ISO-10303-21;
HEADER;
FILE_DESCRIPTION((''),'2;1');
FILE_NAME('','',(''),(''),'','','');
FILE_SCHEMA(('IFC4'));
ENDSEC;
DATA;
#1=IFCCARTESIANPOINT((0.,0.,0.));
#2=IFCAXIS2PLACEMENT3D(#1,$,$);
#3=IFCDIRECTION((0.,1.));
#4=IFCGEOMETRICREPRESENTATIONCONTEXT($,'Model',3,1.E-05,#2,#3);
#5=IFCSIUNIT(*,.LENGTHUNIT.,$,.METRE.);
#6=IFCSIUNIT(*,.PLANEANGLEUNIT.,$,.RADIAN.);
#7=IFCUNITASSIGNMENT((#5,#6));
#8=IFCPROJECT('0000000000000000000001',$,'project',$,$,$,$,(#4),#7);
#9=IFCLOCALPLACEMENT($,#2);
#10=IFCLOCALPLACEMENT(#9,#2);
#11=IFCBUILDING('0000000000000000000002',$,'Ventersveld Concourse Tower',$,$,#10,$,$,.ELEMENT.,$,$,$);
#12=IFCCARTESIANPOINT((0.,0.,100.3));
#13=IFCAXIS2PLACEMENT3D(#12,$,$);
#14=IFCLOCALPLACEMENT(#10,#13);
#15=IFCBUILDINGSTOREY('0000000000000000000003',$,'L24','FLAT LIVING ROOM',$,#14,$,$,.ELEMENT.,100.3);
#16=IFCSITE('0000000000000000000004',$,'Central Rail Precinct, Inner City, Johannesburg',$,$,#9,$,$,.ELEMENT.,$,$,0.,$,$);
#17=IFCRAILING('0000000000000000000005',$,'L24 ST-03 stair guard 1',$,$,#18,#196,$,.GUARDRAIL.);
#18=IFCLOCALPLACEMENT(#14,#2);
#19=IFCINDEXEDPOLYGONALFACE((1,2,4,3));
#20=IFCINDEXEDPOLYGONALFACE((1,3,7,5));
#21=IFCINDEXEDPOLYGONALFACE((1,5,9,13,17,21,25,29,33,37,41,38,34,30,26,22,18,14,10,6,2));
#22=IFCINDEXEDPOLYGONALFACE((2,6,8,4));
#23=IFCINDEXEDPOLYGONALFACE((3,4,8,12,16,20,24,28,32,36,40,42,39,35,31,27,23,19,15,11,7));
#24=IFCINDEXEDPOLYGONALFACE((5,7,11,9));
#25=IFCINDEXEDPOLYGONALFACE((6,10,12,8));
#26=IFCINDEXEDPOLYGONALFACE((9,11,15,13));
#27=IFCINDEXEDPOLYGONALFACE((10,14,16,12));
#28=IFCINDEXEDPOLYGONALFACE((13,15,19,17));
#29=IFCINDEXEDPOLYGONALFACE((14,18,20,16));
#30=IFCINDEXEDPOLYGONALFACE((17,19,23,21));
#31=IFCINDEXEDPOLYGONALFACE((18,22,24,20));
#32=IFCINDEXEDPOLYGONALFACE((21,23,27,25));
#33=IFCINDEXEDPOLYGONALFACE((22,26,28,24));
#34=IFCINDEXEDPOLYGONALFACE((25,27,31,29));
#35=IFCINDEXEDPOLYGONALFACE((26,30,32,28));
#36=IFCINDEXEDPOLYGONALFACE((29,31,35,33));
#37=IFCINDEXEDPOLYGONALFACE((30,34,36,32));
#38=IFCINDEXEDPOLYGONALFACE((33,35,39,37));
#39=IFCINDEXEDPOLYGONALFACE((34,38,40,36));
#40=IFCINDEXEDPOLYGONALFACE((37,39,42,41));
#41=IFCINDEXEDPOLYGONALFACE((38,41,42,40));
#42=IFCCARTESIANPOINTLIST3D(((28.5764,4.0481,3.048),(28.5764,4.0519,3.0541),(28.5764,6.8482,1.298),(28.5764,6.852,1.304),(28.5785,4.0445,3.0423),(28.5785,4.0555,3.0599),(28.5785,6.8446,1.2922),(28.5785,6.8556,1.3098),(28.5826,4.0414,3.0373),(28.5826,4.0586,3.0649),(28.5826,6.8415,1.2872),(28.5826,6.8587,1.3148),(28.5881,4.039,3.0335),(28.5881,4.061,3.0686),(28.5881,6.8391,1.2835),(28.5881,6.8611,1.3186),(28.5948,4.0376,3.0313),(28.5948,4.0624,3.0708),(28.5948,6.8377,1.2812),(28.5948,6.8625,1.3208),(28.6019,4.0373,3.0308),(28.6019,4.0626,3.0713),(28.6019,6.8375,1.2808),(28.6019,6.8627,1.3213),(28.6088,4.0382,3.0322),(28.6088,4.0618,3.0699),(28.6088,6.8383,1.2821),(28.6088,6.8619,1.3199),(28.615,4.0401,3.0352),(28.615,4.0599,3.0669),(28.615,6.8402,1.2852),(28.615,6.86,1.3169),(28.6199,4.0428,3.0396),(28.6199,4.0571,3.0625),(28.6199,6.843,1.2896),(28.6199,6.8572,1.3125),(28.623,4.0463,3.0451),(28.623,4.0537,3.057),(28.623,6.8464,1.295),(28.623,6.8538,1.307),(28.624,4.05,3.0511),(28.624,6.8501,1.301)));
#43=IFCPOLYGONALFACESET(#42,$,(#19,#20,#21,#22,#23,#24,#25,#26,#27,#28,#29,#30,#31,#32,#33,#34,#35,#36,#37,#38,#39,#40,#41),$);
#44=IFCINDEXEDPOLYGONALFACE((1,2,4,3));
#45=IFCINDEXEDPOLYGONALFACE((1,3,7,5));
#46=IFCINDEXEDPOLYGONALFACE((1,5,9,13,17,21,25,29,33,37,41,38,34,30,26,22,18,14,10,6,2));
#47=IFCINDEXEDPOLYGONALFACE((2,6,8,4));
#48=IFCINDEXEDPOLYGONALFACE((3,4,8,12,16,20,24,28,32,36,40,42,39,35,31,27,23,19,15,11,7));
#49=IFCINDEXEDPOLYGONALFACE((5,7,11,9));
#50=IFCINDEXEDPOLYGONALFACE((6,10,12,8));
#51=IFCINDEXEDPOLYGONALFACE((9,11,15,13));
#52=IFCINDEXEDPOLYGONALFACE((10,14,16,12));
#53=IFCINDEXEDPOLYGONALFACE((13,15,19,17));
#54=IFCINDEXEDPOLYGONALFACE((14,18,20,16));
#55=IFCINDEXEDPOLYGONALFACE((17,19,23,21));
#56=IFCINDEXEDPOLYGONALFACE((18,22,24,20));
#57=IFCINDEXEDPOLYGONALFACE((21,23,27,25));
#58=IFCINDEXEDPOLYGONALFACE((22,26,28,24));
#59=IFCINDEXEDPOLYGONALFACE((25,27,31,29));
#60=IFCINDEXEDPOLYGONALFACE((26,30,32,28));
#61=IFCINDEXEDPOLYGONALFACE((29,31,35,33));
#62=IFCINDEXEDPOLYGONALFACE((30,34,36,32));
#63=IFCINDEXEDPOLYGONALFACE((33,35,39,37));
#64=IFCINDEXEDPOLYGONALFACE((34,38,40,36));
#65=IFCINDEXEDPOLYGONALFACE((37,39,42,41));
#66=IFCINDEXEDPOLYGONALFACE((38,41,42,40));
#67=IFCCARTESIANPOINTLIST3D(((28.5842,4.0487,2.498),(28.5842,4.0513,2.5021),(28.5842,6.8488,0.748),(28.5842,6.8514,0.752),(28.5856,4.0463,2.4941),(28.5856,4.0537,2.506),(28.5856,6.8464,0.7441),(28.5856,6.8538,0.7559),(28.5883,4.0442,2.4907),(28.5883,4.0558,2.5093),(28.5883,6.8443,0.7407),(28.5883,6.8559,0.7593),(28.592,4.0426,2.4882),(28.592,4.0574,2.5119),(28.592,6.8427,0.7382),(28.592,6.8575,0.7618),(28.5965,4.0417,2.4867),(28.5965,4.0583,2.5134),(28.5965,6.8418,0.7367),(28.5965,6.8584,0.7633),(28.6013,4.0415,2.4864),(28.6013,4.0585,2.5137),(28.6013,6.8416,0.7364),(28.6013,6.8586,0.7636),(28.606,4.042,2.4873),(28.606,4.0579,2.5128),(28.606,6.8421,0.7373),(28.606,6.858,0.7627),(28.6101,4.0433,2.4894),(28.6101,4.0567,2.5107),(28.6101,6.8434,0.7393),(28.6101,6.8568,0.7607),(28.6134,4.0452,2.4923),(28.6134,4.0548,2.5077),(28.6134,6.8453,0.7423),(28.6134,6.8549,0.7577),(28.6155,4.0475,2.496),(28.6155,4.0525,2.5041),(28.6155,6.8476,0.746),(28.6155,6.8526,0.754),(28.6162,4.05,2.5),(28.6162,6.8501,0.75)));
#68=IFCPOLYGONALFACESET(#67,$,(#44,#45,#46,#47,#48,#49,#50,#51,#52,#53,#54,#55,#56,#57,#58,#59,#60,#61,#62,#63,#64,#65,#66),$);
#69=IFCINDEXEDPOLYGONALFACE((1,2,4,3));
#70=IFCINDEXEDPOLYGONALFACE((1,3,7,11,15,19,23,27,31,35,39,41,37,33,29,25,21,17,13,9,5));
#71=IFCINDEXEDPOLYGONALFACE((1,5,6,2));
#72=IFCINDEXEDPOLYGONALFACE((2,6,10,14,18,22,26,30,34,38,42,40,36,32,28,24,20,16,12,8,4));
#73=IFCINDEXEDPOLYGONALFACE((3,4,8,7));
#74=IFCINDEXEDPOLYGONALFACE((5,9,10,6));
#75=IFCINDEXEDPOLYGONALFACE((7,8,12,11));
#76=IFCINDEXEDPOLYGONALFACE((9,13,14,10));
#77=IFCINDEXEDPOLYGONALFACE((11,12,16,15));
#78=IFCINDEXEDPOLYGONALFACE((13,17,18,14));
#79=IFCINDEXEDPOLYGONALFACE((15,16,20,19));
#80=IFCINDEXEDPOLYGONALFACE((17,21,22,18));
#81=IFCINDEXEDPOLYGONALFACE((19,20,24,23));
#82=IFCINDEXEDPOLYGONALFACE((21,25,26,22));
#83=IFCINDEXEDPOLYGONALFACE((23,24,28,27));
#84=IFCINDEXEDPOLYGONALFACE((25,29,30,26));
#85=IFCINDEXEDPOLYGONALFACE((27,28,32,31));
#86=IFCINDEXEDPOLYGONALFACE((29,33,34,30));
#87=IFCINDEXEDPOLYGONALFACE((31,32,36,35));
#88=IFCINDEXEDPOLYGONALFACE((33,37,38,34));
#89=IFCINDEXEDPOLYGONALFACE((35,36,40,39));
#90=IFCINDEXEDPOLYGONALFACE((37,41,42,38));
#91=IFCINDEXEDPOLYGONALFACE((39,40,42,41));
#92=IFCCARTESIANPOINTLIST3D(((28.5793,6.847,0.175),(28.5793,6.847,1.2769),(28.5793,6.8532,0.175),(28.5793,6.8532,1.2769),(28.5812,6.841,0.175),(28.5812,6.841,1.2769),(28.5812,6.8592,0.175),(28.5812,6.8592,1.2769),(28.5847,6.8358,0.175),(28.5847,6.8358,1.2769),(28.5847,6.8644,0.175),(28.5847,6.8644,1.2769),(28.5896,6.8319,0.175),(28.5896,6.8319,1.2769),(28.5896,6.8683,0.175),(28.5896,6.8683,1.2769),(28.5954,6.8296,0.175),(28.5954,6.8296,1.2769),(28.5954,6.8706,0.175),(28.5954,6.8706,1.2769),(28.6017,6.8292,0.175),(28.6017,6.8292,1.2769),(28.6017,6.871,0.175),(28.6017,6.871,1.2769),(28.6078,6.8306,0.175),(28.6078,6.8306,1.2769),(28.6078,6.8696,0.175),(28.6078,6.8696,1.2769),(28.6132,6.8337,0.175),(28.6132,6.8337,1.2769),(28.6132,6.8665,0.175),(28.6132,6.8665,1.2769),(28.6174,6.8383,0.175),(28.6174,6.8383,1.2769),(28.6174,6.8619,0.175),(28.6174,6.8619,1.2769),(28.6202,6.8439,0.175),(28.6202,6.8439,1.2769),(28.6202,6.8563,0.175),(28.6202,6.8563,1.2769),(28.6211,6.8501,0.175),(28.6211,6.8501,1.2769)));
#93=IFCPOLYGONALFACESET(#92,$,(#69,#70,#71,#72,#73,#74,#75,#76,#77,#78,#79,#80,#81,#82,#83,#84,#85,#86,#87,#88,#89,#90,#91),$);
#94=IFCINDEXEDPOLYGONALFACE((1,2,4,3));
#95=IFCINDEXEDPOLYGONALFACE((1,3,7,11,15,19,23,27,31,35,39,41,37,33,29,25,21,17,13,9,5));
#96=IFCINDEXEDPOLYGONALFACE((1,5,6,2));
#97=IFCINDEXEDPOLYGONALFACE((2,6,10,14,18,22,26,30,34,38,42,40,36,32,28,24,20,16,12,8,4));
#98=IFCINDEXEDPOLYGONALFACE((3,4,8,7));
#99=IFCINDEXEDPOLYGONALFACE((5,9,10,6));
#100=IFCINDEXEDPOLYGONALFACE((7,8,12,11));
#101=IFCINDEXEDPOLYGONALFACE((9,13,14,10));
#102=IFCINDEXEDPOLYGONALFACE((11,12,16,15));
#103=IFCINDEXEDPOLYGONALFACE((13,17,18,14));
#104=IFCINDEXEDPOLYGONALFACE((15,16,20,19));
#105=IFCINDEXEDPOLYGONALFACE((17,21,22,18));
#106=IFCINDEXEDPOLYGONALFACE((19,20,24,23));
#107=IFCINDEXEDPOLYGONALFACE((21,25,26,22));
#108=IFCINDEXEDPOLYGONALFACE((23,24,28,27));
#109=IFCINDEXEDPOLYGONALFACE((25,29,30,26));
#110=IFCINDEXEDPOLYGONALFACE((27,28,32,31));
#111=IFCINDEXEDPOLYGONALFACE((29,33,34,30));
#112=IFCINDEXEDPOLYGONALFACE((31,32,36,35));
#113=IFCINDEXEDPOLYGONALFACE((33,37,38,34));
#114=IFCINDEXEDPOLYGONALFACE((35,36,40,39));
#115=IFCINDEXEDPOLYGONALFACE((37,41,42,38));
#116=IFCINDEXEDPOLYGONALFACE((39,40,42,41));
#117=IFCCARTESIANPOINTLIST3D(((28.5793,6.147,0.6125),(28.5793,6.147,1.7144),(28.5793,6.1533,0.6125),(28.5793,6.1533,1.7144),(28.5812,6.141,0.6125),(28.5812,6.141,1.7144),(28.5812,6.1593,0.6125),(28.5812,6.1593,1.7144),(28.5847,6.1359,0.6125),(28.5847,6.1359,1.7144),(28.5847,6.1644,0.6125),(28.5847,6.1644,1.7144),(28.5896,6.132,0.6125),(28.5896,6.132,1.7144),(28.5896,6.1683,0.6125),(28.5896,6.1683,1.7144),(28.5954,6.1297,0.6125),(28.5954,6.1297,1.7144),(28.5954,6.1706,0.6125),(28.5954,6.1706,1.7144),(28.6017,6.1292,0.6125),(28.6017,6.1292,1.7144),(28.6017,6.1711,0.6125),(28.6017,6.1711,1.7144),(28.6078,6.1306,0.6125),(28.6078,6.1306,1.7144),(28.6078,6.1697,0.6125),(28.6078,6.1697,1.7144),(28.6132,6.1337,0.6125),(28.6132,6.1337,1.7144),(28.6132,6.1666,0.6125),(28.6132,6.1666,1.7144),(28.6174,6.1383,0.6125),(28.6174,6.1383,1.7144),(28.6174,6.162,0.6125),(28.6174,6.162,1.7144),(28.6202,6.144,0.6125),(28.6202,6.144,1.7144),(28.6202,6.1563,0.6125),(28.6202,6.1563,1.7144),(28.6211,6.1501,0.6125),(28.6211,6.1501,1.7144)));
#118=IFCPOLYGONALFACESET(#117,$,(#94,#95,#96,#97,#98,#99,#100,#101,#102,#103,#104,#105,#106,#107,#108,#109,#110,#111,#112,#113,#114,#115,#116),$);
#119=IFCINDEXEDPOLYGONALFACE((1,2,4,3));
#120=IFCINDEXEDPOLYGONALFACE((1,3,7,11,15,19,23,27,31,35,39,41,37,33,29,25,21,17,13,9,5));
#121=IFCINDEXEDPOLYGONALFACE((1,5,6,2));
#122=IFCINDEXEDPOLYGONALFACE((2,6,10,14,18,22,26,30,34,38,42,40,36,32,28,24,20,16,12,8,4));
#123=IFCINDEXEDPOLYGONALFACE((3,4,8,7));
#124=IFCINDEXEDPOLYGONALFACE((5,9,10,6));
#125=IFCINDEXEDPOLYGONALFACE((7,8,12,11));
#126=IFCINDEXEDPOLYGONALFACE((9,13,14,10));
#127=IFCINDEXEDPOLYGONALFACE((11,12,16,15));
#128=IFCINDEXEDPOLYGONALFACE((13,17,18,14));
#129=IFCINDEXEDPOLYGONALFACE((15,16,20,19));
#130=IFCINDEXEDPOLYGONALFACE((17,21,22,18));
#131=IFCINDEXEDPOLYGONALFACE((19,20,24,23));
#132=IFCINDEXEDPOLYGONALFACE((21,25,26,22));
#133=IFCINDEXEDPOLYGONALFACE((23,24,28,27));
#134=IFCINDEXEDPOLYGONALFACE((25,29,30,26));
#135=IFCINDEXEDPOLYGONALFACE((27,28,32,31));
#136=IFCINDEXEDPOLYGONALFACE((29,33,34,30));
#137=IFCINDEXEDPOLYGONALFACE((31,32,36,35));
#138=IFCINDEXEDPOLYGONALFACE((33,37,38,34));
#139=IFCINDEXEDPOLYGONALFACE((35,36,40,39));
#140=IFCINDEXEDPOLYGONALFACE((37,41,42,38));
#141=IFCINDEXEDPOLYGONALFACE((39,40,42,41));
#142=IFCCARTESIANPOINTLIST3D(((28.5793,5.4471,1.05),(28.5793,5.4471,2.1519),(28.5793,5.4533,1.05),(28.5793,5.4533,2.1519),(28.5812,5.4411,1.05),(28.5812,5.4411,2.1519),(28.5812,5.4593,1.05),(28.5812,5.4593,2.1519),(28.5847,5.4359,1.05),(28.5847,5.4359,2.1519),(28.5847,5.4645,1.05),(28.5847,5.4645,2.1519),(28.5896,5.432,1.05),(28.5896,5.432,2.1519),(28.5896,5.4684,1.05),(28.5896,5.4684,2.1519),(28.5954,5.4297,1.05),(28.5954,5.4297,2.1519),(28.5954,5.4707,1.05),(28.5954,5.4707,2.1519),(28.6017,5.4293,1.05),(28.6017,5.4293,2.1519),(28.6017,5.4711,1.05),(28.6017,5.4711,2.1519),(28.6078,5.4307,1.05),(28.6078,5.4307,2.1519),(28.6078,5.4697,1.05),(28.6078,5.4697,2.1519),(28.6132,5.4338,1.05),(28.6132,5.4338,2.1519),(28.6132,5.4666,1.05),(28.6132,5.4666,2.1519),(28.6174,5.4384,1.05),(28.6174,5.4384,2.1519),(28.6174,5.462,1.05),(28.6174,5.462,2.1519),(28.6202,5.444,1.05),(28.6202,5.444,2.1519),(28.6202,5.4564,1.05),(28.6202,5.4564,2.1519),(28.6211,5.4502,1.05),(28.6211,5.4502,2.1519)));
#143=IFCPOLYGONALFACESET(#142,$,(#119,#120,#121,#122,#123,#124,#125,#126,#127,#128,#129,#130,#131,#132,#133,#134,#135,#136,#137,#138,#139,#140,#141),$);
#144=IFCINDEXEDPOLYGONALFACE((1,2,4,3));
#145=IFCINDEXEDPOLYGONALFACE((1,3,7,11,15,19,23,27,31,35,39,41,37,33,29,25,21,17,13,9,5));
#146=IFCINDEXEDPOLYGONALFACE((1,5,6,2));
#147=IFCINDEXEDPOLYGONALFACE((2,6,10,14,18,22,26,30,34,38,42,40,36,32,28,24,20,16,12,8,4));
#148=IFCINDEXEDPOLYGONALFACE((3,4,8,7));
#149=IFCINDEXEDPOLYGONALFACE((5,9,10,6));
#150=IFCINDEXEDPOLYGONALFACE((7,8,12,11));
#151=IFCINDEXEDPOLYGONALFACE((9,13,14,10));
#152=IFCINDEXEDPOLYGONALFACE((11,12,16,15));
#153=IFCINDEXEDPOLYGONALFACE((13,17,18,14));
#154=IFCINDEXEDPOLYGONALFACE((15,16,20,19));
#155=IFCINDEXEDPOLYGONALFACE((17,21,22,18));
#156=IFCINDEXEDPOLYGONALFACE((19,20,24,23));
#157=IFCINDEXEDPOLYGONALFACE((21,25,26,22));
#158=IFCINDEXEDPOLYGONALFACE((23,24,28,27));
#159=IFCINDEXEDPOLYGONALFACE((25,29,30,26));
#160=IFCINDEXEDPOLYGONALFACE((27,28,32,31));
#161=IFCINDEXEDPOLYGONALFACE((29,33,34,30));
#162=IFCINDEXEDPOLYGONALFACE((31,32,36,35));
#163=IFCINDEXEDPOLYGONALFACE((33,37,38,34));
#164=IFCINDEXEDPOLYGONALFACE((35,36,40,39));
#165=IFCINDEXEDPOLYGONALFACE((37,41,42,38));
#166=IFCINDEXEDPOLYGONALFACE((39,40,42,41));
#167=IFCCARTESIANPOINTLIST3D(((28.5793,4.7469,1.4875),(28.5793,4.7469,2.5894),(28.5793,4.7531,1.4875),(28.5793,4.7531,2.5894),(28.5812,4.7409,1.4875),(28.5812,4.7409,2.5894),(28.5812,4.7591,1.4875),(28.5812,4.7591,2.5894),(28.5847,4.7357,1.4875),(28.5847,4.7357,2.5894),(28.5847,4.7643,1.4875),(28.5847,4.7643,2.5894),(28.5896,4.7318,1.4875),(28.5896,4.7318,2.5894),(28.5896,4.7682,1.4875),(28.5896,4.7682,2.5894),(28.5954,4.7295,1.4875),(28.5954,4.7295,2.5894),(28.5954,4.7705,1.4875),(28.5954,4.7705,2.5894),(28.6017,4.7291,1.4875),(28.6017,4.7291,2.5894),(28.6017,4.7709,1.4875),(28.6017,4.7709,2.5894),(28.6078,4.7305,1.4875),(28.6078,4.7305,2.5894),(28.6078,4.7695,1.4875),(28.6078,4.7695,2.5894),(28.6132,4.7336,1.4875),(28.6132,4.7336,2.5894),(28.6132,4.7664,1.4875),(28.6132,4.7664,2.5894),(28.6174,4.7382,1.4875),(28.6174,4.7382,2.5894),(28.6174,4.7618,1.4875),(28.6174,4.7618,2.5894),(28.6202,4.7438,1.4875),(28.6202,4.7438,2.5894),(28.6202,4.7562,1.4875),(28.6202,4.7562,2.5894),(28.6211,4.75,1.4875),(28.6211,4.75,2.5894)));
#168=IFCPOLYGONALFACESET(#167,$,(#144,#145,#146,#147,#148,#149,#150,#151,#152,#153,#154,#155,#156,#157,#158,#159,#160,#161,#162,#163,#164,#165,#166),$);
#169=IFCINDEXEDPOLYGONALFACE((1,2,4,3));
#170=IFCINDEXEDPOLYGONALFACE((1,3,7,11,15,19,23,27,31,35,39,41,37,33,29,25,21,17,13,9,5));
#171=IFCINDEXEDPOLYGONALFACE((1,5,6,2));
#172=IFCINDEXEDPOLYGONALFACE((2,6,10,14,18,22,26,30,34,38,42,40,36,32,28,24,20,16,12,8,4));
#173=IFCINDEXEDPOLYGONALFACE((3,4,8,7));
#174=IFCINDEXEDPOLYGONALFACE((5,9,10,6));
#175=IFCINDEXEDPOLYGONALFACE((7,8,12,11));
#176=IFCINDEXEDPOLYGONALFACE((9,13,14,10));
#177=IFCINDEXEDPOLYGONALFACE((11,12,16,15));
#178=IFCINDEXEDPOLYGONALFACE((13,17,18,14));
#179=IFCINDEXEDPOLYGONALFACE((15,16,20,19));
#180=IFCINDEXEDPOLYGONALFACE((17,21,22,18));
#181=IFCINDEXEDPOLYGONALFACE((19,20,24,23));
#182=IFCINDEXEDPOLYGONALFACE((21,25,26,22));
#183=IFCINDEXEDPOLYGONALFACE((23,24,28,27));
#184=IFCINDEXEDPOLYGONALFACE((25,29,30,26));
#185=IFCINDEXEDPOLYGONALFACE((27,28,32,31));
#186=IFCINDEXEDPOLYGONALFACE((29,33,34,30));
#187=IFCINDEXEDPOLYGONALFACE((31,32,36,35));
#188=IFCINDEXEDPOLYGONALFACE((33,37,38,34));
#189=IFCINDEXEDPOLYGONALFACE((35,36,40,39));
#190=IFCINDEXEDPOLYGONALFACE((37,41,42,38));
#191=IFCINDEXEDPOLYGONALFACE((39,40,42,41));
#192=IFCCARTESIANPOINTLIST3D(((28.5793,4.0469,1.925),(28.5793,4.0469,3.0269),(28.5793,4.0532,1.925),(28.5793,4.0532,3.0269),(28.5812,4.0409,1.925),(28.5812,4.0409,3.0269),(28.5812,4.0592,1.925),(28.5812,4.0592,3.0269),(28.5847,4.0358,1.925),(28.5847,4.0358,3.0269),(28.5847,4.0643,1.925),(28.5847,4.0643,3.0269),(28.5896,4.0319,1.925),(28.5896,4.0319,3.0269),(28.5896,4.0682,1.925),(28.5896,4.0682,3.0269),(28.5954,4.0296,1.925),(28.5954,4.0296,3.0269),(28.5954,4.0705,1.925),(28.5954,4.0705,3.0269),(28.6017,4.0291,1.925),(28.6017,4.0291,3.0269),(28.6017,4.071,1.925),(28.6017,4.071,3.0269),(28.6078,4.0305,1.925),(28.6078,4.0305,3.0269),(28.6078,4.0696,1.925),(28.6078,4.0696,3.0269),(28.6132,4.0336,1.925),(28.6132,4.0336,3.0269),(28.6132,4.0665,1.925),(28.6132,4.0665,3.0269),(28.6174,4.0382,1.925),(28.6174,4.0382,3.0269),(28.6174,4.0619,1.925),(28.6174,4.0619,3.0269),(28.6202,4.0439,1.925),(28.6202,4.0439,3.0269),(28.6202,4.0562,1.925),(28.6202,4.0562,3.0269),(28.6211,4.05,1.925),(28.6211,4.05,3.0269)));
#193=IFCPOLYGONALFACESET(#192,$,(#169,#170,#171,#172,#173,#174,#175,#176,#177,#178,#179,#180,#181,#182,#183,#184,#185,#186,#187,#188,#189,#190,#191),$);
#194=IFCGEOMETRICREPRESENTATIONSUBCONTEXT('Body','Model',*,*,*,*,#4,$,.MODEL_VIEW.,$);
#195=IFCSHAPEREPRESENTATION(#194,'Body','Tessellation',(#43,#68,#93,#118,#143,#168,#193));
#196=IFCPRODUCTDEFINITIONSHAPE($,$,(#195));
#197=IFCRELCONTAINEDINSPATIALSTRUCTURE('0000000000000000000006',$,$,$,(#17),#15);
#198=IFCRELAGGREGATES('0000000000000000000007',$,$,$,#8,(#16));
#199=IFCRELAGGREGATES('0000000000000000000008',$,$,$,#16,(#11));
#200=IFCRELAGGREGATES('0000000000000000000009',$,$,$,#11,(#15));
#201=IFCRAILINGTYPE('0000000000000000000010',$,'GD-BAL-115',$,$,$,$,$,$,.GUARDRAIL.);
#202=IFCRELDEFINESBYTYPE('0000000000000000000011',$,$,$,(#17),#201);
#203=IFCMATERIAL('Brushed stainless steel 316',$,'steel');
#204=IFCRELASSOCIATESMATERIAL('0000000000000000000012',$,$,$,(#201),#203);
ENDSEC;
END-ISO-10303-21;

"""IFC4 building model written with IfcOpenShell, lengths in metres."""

from ifc_helpers import new_model, si_unit, direction, frame, origin, origin_2d, place, context, subcontext, project, spatial, circle, extrude, material, type_object, element, save


model = new_model("IFC4")

# Units and contexts
model_context = context("Model", 3, precision=1e-05, world=origin(), true_north=direction((0.0, 1.0)))
body_context = subcontext(model_context, "Body", "Model", "MODEL_VIEW")
ifc_project = project(units=[si_unit("LENGTHUNIT", "METRE"), si_unit("PLANEANGLEUNIT", "RADIAN")], contexts=[model_context])

# Site, building, storey
site_placement = place(None, origin())
site = spatial("IfcSite", under=ifc_project, at=site_placement, Name="Central Rail Precinct, Inner City, Johannesburg", CompositionType="ELEMENT", RefElevation=0.0)
building_placement = place(site_placement, origin())
building = spatial("IfcBuilding", under=site, at=building_placement, Name="Ventersveld Concourse Tower", CompositionType="ELEMENT")
storey_placement = place(building_placement, frame((0.0, 0.0, 100.3)))
storey = spatial("IfcBuildingStorey", under=building, at=storey_placement, Name="L24", Description="FLAT LIVING ROOM", CompositionType="ELEMENT", Elevation=100.3)

# Shared definitions
ifc_material_1 = material(Name="Brushed stainless steel 316", Category="steel")

# Railing
railing_type = type_object("IfcRailingType", Name="GD-BAL-115", PredefinedType="GUARDRAIL", material=ifc_material_1)
railing_1_placement = place(storey_placement, frame((28.6001, 6.8501, 0.175)))
element("IfcRailing", 1, at=railing_1_placement, inside=storey, type_object=railing_type, Name="L24 ST-03 stair guard 1", PredefinedType="GUARDRAIL", context=body_context, shape_type="SweptSolid", body=[
    extrude(circle(Radius=0.0239, at=origin_2d()), frame((0.0, 0.0, 1.126), z_axis=(0.0, -0.848002, 0.529992), x_axis=(1.0, 0.0, 0.0)), (0.0, 0.0, 1.0), 3.302),
    extrude(circle(Radius=0.0161, at=origin_2d()), frame((0.0, 0.0, 0.575), z_axis=(0.0, -0.848002, 0.529992), x_axis=(1.0, 0.0, 0.0)), (0.0, 0.0, 1.0), 3.302),
    extrude(circle(Radius=0.021, at=origin_2d()), origin(), (0.0, 0.0, 1.0), 1.1018),
    extrude(circle(Radius=0.021, at=origin_2d()), frame((0.0, -0.7, 0.4375)), (0.0, 0.0, 1.0), 1.1018),
    extrude(circle(Radius=0.021, at=origin_2d()), frame((0.0, -1.3999, 0.875)), (0.0, 0.0, 1.0), 1.1018),
    extrude(circle(Radius=0.021, at=origin_2d()), frame((0.0, -2.1001, 1.3125)), (0.0, 0.0, 1.0), 1.1018),
    extrude(circle(Radius=0.021, at=origin_2d()), frame((0.0, -2.8, 1.75)), (0.0, 0.0, 1.0), 1.1018),
])

save(model, "model.ifc")
